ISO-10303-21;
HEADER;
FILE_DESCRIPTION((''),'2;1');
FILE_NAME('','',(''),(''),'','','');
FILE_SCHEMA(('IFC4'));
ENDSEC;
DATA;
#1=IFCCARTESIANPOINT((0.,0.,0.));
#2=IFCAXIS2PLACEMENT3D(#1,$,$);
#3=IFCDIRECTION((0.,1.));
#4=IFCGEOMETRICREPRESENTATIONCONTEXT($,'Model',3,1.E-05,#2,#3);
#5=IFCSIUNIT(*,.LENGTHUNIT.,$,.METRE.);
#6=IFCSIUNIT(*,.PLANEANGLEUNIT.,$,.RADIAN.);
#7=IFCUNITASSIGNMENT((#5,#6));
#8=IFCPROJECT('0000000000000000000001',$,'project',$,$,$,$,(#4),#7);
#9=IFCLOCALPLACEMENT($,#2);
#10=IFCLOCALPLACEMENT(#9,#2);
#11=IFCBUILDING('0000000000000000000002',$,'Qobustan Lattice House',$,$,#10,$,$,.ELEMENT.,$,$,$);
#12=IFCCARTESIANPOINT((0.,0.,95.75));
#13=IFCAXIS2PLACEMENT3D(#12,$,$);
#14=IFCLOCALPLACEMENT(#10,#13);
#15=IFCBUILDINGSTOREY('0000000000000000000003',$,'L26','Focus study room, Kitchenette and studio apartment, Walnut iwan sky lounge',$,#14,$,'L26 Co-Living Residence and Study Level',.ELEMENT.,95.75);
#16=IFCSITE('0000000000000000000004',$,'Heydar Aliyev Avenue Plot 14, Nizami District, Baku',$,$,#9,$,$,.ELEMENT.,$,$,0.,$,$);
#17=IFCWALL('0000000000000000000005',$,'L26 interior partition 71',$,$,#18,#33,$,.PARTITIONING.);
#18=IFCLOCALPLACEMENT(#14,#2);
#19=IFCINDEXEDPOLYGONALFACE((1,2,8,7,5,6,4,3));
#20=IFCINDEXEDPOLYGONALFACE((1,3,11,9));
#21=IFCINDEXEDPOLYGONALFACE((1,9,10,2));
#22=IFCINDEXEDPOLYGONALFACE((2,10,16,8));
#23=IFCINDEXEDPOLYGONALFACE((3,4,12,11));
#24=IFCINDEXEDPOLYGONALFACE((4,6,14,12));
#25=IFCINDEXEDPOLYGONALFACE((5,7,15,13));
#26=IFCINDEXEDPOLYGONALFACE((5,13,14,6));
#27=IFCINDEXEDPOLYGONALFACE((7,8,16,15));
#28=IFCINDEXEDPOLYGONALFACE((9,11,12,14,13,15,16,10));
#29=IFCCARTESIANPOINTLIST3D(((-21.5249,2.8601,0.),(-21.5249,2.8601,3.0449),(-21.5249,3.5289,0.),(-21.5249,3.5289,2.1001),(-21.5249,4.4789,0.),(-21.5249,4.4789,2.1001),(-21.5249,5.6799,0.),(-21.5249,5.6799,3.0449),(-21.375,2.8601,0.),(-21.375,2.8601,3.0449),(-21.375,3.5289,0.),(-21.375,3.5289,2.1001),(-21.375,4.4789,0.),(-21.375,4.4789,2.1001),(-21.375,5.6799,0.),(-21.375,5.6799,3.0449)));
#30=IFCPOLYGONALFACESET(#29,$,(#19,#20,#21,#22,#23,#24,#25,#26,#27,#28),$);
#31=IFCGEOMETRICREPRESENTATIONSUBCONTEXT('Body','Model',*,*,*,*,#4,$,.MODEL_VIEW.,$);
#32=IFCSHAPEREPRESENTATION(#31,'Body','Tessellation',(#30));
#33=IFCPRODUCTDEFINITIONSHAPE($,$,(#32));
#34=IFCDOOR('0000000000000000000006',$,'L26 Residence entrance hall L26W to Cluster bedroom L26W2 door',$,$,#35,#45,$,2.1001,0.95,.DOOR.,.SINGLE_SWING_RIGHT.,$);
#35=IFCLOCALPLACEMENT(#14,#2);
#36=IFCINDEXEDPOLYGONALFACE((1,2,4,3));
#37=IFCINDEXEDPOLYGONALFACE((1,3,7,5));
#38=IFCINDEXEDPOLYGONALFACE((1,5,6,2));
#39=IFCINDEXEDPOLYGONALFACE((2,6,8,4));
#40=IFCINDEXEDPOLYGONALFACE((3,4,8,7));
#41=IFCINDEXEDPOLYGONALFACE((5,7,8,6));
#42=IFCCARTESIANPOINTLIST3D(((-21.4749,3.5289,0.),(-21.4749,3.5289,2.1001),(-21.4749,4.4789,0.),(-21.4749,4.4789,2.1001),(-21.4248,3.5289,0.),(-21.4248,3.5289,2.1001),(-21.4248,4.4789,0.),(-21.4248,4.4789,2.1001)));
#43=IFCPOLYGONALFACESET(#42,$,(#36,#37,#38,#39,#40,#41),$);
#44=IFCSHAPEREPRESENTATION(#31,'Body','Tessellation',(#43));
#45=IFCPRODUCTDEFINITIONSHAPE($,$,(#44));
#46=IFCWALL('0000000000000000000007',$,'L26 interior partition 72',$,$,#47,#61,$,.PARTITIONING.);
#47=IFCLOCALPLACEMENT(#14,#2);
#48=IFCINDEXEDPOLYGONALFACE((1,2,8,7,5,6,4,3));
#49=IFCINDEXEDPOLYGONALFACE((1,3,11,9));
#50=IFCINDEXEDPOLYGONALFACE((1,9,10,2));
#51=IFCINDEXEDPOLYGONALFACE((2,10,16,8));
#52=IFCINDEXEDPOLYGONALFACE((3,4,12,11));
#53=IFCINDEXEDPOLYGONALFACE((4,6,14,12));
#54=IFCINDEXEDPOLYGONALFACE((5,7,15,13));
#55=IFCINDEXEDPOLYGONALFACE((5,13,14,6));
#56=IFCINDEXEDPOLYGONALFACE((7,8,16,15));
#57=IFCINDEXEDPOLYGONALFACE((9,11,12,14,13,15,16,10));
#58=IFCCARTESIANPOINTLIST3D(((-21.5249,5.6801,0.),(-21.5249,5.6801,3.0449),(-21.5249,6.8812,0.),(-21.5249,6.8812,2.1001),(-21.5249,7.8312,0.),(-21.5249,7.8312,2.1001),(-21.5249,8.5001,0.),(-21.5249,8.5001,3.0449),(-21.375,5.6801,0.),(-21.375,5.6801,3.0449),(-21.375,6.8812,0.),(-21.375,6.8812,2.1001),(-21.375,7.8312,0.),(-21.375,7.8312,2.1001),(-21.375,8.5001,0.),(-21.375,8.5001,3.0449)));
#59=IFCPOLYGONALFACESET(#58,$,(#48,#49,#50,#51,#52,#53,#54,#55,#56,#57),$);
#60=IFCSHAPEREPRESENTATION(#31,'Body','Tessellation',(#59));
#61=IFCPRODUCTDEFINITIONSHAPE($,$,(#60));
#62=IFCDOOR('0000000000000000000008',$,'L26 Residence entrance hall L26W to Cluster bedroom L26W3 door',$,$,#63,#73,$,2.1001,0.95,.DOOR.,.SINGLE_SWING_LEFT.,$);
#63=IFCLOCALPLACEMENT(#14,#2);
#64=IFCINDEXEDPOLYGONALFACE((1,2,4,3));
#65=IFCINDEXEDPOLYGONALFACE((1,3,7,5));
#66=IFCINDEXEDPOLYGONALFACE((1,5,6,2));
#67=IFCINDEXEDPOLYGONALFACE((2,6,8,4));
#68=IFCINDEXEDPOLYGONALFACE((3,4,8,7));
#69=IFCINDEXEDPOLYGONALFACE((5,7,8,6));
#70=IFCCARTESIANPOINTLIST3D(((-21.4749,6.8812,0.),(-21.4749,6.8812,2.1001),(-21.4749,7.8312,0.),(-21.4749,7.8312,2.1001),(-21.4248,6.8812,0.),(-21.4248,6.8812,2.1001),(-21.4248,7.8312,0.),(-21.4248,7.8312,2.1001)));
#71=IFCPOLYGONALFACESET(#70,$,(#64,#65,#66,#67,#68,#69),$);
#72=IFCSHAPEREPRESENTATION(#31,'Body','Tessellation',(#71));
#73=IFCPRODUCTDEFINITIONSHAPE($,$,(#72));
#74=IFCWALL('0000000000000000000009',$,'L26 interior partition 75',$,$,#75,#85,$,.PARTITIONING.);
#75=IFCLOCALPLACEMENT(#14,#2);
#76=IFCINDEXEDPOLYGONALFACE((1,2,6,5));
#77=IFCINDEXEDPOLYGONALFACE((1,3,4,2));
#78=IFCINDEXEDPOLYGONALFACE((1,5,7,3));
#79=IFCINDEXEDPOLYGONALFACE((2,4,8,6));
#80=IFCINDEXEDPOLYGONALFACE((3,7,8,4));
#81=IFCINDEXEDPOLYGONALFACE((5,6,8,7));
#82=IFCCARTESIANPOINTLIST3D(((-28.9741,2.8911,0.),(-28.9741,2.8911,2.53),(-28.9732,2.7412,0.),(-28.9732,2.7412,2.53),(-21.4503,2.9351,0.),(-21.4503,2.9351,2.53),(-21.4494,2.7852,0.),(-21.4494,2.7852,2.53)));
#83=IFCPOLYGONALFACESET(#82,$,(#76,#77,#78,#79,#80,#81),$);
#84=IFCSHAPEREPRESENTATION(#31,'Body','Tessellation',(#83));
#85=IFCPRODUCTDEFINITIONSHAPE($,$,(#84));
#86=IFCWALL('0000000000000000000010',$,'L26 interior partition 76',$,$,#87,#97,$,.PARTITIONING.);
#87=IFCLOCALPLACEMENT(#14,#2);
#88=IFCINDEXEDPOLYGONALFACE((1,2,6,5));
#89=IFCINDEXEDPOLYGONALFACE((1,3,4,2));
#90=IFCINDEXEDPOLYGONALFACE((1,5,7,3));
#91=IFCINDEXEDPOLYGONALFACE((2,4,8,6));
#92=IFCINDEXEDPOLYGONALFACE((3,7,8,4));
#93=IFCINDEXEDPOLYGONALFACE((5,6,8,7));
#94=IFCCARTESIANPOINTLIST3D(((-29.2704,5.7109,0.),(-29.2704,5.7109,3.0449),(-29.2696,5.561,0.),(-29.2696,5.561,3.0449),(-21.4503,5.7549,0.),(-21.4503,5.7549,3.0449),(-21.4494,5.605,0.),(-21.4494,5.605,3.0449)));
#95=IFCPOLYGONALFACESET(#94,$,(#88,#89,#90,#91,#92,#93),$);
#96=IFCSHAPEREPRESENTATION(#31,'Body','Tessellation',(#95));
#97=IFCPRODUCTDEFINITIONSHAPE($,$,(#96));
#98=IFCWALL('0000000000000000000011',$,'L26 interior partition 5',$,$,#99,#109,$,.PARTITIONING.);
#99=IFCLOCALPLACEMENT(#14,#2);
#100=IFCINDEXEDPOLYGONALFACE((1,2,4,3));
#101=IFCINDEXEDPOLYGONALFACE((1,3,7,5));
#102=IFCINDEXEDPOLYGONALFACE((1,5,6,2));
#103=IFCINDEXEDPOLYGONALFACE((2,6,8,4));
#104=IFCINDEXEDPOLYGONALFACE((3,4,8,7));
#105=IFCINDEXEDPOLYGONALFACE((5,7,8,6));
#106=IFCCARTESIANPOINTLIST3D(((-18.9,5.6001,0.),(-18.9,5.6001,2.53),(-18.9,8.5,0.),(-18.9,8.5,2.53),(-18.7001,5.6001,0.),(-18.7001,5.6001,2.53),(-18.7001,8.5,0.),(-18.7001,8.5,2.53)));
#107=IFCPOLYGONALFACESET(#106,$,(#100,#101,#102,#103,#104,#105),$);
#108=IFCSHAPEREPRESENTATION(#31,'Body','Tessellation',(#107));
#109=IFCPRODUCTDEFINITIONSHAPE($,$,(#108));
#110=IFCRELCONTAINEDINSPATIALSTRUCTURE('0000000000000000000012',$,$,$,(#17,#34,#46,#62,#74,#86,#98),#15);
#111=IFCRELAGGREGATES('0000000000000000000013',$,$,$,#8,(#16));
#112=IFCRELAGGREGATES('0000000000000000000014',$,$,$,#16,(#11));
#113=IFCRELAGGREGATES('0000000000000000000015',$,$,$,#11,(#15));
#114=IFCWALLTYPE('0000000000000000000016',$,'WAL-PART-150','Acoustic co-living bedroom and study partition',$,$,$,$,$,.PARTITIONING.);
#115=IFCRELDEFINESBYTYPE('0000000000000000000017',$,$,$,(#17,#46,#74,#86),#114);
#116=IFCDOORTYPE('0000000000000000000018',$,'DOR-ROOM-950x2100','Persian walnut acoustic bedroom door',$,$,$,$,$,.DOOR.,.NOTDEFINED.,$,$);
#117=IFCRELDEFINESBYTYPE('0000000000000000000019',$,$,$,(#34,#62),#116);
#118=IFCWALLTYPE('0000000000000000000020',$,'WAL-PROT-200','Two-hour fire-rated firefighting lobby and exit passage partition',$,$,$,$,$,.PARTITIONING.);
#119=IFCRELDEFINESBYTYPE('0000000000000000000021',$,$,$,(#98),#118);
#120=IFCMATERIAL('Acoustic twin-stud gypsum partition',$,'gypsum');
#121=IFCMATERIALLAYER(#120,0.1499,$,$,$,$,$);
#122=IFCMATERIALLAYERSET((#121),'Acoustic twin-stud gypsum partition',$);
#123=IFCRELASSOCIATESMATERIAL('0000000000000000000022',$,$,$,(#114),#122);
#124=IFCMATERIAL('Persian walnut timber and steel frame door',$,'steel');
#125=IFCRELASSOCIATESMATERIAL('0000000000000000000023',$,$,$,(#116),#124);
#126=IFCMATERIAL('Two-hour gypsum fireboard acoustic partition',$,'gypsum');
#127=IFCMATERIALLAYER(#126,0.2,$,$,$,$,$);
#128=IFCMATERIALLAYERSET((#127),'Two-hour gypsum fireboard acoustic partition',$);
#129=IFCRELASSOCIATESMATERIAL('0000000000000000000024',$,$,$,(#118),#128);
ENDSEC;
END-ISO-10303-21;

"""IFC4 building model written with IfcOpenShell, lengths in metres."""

from ifc_helpers import new_model, si_unit, direction, frame, frame_2d, origin, place, context, subcontext, project, spatial, rectangle, extrude, material, layer, layer_set, type_object, element, fill, save


model = new_model("IFC4")

# Units and contexts
model_context = context("Model", 3, precision=1e-05, world=origin(), true_north=direction((0.0, 1.0)))
body_context = subcontext(model_context, "Body", "Model", "MODEL_VIEW")
ifc_project = project(units=[si_unit("LENGTHUNIT", "METRE"), si_unit("PLANEANGLEUNIT", "RADIAN")], contexts=[model_context])

# Site, building, storey
site_placement = place(None, origin())
site = spatial("IfcSite", under=ifc_project, at=site_placement, Name="Heydar Aliyev Avenue Plot 14, Nizami District, Baku", CompositionType="ELEMENT", RefElevation=0.0)
building_placement = place(site_placement, origin())
building = spatial("IfcBuilding", under=site, at=building_placement, Name="Qobustan Lattice House", CompositionType="ELEMENT")
storey_placement = place(building_placement, frame((0.0, 0.0, 95.75)))
storey = spatial("IfcBuildingStorey", under=building, at=storey_placement, Name="L26", Description="Focus study room, Kitchenette and studio apartment, Walnut iwan sky lounge", LongName="L26 Co-Living Residence and Study Level", CompositionType="ELEMENT", Elevation=95.75)

# Shared definitions
ifc_material_1 = material(Name="Acoustic twin-stud gypsum partition", Category="gypsum")
ifc_layer_1 = layer(ifc_material_1, 0.1499)
ifc_layer_set_1 = layer_set([ifc_layer_1], Name="Acoustic twin-stud gypsum partition")
wall_type_1 = type_object("IfcWallType", Name="WAL-PART-150", Description="Acoustic co-living bedroom and study partition", PredefinedType="PARTITIONING", material=ifc_layer_set_1)

# Walls, openings, doors
ifc_material_2 = material(Name="Persian walnut timber and steel frame door", Category="steel")
door_type_1 = type_object("IfcDoorType", Name="DOR-ROOM-950x2100", Description="Persian walnut acoustic bedroom door", OperationType="NOTDEFINED", PredefinedType="DOOR", material=ifc_material_2)
wall_1_placement = place(storey_placement, frame((-21.45, 2.8601, 0.0), z_axis=(0.0, 0.0, 1.0), x_axis=(0.0, 1.0, 0.0)))
wall_1 = element("IfcWall", 1, at=wall_1_placement, inside=storey, type_object=wall_type_1, Name="L26 interior partition 71", PredefinedType="PARTITIONING", context=body_context, shape_type="SweptSolid", body=[
    extrude(rectangle(XDim=2.8198, YDim=0.1499, at=frame_2d((1.4099, 0.0))), origin(), (0.0, 0.0, 1.0), 3.0449),
])
opening_1_placement = place(wall_1_placement, frame((0.6687, 0.0, 0.0)))
opening_1 = element("IfcOpeningElement", 2, at=opening_1_placement, cuts=wall_1, PredefinedType="OPENING", context=body_context, shape_type="SweptSolid", body=[
    extrude(rectangle(XDim=0.95, YDim=2.1001, at=frame_2d((0.4751, 1.05))), frame((0.0, 0.085, 0.0), z_axis=(0.0, -1.0, 0.0), x_axis=(1.0, 0.0, 0.0)), (0.0, 0.0, 1.0), 0.1699),
])
door_1_placement = place(opening_1_placement, origin())
door_1 = element("IfcDoor", 3, at=door_1_placement, inside=storey, type_object=door_type_1, Name="L26 Residence entrance hall L26W to Cluster bedroom L26W2 door", OperationType="SINGLE_SWING_RIGHT", OverallHeight=2.1001, OverallWidth=0.95, PredefinedType="DOOR", context=body_context, shape_type="SweptSolid", body=[
    extrude(rectangle(XDim=0.95, YDim=2.1001, at=frame_2d((0.4751, 1.05))), frame((0.0, 0.0249, 0.0), z_axis=(0.0, -1.0, 0.0), x_axis=(1.0, 0.0, 0.0)), (0.0, 0.0, 1.0), 0.05),
])
fill(opening_1, door_1)
wall_2_placement = place(storey_placement, frame((-21.45, 5.6799, 0.0), z_axis=(0.0, 0.0, 1.0), x_axis=(0.0, 1.0, 0.0)))
wall_2 = element("IfcWall", 4, at=wall_2_placement, inside=storey, type_object=wall_type_1, Name="L26 interior partition 72", PredefinedType="PARTITIONING", context=body_context, shape_type="SweptSolid", body=[
    extrude(rectangle(XDim=2.8201, YDim=0.1499, at=frame_2d((1.4102, 0.0))), origin(), (0.0, 0.0, 1.0), 3.0449),
])
opening_2_placement = place(wall_2_placement, frame((1.2012, 0.0, 0.0)))
opening_2 = element("IfcOpeningElement", 5, at=opening_2_placement, cuts=wall_2, PredefinedType="OPENING", context=body_context, shape_type="SweptSolid", body=[
    extrude(rectangle(XDim=0.95, YDim=2.1001, at=frame_2d((0.4751, 1.05))), frame((0.0, 0.085, 0.0), z_axis=(0.0, -1.0, 0.0), x_axis=(1.0, 0.0, 0.0)), (0.0, 0.0, 1.0), 0.1699),
])
door_2_placement = place(opening_2_placement, origin())
door_2 = element("IfcDoor", 6, at=door_2_placement, inside=storey, type_object=door_type_1, Name="L26 Residence entrance hall L26W to Cluster bedroom L26W3 door", OperationType="SINGLE_SWING_LEFT", OverallHeight=2.1001, OverallWidth=0.95, PredefinedType="DOOR", context=body_context, shape_type="SweptSolid", body=[
    extrude(rectangle(XDim=0.95, YDim=2.1001, at=frame_2d((0.4751, 1.05))), frame((0.0, 0.0249, 0.0), z_axis=(0.0, -1.0, 0.0), x_axis=(1.0, 0.0, 0.0)), (0.0, 0.0, 1.0), 0.05),
])
fill(opening_2, door_2)

# Walls
wall_3_placement = place(storey_placement, frame((-28.9736, 2.8162, 0.0), z_axis=(0.0, 0.0, 1.0), x_axis=(0.999983, 0.005841, 0.0)))
element("IfcWall", 7, at=wall_3_placement, inside=storey, type_object=wall_type_1, Name="L26 interior partition 75", PredefinedType="PARTITIONING", context=body_context, shape_type="SweptSolid", body=[
    extrude(rectangle(XDim=7.5239, YDim=0.1499, at=frame_2d((3.762, 0.0))), origin(), (0.0, 0.0, 1.0), 2.53),
])
wall_4_placement = place(storey_placement, frame((-29.27, 5.636, 0.0), z_axis=(0.0, 0.0, 1.0), x_axis=(0.999984, 0.005619, 0.0)))
element("IfcWall", 8, at=wall_4_placement, inside=storey, type_object=wall_type_1, Name="L26 interior partition 76", PredefinedType="PARTITIONING", context=body_context, shape_type="SweptSolid", body=[
    extrude(rectangle(XDim=7.8203, YDim=0.1499, at=frame_2d((3.9102, 0.0))), origin(), (0.0, 0.0, 1.0), 3.0449),
])
ifc_material_3 = material(Name="Two-hour gypsum fireboard acoustic partition", Category="gypsum")
ifc_layer_2 = layer(ifc_material_3, 0.2)
ifc_layer_set_2 = layer_set([ifc_layer_2], Name="Two-hour gypsum fireboard acoustic partition")
wall_type_2 = type_object("IfcWallType", Name="WAL-PROT-200", Description="Two-hour fire-rated firefighting lobby and exit passage partition", PredefinedType="PARTITIONING", material=ifc_layer_set_2)
wall_5_placement = place(storey_placement, frame((-18.8, 8.5, 0.0), z_axis=(0.0, 0.0, 1.0), x_axis=(0.0, -1.0, 0.0)))
element("IfcWall", 9, at=wall_5_placement, inside=storey, type_object=wall_type_2, Name="L26 interior partition 5", PredefinedType="PARTITIONING", context=body_context, shape_type="SweptSolid", body=[
    extrude(rectangle(XDim=2.8999, YDim=0.2, at=frame_2d((1.45, 0.0))), origin(), (0.0, 0.0, 1.0), 2.53),
])

save(model, "model.ifc")
